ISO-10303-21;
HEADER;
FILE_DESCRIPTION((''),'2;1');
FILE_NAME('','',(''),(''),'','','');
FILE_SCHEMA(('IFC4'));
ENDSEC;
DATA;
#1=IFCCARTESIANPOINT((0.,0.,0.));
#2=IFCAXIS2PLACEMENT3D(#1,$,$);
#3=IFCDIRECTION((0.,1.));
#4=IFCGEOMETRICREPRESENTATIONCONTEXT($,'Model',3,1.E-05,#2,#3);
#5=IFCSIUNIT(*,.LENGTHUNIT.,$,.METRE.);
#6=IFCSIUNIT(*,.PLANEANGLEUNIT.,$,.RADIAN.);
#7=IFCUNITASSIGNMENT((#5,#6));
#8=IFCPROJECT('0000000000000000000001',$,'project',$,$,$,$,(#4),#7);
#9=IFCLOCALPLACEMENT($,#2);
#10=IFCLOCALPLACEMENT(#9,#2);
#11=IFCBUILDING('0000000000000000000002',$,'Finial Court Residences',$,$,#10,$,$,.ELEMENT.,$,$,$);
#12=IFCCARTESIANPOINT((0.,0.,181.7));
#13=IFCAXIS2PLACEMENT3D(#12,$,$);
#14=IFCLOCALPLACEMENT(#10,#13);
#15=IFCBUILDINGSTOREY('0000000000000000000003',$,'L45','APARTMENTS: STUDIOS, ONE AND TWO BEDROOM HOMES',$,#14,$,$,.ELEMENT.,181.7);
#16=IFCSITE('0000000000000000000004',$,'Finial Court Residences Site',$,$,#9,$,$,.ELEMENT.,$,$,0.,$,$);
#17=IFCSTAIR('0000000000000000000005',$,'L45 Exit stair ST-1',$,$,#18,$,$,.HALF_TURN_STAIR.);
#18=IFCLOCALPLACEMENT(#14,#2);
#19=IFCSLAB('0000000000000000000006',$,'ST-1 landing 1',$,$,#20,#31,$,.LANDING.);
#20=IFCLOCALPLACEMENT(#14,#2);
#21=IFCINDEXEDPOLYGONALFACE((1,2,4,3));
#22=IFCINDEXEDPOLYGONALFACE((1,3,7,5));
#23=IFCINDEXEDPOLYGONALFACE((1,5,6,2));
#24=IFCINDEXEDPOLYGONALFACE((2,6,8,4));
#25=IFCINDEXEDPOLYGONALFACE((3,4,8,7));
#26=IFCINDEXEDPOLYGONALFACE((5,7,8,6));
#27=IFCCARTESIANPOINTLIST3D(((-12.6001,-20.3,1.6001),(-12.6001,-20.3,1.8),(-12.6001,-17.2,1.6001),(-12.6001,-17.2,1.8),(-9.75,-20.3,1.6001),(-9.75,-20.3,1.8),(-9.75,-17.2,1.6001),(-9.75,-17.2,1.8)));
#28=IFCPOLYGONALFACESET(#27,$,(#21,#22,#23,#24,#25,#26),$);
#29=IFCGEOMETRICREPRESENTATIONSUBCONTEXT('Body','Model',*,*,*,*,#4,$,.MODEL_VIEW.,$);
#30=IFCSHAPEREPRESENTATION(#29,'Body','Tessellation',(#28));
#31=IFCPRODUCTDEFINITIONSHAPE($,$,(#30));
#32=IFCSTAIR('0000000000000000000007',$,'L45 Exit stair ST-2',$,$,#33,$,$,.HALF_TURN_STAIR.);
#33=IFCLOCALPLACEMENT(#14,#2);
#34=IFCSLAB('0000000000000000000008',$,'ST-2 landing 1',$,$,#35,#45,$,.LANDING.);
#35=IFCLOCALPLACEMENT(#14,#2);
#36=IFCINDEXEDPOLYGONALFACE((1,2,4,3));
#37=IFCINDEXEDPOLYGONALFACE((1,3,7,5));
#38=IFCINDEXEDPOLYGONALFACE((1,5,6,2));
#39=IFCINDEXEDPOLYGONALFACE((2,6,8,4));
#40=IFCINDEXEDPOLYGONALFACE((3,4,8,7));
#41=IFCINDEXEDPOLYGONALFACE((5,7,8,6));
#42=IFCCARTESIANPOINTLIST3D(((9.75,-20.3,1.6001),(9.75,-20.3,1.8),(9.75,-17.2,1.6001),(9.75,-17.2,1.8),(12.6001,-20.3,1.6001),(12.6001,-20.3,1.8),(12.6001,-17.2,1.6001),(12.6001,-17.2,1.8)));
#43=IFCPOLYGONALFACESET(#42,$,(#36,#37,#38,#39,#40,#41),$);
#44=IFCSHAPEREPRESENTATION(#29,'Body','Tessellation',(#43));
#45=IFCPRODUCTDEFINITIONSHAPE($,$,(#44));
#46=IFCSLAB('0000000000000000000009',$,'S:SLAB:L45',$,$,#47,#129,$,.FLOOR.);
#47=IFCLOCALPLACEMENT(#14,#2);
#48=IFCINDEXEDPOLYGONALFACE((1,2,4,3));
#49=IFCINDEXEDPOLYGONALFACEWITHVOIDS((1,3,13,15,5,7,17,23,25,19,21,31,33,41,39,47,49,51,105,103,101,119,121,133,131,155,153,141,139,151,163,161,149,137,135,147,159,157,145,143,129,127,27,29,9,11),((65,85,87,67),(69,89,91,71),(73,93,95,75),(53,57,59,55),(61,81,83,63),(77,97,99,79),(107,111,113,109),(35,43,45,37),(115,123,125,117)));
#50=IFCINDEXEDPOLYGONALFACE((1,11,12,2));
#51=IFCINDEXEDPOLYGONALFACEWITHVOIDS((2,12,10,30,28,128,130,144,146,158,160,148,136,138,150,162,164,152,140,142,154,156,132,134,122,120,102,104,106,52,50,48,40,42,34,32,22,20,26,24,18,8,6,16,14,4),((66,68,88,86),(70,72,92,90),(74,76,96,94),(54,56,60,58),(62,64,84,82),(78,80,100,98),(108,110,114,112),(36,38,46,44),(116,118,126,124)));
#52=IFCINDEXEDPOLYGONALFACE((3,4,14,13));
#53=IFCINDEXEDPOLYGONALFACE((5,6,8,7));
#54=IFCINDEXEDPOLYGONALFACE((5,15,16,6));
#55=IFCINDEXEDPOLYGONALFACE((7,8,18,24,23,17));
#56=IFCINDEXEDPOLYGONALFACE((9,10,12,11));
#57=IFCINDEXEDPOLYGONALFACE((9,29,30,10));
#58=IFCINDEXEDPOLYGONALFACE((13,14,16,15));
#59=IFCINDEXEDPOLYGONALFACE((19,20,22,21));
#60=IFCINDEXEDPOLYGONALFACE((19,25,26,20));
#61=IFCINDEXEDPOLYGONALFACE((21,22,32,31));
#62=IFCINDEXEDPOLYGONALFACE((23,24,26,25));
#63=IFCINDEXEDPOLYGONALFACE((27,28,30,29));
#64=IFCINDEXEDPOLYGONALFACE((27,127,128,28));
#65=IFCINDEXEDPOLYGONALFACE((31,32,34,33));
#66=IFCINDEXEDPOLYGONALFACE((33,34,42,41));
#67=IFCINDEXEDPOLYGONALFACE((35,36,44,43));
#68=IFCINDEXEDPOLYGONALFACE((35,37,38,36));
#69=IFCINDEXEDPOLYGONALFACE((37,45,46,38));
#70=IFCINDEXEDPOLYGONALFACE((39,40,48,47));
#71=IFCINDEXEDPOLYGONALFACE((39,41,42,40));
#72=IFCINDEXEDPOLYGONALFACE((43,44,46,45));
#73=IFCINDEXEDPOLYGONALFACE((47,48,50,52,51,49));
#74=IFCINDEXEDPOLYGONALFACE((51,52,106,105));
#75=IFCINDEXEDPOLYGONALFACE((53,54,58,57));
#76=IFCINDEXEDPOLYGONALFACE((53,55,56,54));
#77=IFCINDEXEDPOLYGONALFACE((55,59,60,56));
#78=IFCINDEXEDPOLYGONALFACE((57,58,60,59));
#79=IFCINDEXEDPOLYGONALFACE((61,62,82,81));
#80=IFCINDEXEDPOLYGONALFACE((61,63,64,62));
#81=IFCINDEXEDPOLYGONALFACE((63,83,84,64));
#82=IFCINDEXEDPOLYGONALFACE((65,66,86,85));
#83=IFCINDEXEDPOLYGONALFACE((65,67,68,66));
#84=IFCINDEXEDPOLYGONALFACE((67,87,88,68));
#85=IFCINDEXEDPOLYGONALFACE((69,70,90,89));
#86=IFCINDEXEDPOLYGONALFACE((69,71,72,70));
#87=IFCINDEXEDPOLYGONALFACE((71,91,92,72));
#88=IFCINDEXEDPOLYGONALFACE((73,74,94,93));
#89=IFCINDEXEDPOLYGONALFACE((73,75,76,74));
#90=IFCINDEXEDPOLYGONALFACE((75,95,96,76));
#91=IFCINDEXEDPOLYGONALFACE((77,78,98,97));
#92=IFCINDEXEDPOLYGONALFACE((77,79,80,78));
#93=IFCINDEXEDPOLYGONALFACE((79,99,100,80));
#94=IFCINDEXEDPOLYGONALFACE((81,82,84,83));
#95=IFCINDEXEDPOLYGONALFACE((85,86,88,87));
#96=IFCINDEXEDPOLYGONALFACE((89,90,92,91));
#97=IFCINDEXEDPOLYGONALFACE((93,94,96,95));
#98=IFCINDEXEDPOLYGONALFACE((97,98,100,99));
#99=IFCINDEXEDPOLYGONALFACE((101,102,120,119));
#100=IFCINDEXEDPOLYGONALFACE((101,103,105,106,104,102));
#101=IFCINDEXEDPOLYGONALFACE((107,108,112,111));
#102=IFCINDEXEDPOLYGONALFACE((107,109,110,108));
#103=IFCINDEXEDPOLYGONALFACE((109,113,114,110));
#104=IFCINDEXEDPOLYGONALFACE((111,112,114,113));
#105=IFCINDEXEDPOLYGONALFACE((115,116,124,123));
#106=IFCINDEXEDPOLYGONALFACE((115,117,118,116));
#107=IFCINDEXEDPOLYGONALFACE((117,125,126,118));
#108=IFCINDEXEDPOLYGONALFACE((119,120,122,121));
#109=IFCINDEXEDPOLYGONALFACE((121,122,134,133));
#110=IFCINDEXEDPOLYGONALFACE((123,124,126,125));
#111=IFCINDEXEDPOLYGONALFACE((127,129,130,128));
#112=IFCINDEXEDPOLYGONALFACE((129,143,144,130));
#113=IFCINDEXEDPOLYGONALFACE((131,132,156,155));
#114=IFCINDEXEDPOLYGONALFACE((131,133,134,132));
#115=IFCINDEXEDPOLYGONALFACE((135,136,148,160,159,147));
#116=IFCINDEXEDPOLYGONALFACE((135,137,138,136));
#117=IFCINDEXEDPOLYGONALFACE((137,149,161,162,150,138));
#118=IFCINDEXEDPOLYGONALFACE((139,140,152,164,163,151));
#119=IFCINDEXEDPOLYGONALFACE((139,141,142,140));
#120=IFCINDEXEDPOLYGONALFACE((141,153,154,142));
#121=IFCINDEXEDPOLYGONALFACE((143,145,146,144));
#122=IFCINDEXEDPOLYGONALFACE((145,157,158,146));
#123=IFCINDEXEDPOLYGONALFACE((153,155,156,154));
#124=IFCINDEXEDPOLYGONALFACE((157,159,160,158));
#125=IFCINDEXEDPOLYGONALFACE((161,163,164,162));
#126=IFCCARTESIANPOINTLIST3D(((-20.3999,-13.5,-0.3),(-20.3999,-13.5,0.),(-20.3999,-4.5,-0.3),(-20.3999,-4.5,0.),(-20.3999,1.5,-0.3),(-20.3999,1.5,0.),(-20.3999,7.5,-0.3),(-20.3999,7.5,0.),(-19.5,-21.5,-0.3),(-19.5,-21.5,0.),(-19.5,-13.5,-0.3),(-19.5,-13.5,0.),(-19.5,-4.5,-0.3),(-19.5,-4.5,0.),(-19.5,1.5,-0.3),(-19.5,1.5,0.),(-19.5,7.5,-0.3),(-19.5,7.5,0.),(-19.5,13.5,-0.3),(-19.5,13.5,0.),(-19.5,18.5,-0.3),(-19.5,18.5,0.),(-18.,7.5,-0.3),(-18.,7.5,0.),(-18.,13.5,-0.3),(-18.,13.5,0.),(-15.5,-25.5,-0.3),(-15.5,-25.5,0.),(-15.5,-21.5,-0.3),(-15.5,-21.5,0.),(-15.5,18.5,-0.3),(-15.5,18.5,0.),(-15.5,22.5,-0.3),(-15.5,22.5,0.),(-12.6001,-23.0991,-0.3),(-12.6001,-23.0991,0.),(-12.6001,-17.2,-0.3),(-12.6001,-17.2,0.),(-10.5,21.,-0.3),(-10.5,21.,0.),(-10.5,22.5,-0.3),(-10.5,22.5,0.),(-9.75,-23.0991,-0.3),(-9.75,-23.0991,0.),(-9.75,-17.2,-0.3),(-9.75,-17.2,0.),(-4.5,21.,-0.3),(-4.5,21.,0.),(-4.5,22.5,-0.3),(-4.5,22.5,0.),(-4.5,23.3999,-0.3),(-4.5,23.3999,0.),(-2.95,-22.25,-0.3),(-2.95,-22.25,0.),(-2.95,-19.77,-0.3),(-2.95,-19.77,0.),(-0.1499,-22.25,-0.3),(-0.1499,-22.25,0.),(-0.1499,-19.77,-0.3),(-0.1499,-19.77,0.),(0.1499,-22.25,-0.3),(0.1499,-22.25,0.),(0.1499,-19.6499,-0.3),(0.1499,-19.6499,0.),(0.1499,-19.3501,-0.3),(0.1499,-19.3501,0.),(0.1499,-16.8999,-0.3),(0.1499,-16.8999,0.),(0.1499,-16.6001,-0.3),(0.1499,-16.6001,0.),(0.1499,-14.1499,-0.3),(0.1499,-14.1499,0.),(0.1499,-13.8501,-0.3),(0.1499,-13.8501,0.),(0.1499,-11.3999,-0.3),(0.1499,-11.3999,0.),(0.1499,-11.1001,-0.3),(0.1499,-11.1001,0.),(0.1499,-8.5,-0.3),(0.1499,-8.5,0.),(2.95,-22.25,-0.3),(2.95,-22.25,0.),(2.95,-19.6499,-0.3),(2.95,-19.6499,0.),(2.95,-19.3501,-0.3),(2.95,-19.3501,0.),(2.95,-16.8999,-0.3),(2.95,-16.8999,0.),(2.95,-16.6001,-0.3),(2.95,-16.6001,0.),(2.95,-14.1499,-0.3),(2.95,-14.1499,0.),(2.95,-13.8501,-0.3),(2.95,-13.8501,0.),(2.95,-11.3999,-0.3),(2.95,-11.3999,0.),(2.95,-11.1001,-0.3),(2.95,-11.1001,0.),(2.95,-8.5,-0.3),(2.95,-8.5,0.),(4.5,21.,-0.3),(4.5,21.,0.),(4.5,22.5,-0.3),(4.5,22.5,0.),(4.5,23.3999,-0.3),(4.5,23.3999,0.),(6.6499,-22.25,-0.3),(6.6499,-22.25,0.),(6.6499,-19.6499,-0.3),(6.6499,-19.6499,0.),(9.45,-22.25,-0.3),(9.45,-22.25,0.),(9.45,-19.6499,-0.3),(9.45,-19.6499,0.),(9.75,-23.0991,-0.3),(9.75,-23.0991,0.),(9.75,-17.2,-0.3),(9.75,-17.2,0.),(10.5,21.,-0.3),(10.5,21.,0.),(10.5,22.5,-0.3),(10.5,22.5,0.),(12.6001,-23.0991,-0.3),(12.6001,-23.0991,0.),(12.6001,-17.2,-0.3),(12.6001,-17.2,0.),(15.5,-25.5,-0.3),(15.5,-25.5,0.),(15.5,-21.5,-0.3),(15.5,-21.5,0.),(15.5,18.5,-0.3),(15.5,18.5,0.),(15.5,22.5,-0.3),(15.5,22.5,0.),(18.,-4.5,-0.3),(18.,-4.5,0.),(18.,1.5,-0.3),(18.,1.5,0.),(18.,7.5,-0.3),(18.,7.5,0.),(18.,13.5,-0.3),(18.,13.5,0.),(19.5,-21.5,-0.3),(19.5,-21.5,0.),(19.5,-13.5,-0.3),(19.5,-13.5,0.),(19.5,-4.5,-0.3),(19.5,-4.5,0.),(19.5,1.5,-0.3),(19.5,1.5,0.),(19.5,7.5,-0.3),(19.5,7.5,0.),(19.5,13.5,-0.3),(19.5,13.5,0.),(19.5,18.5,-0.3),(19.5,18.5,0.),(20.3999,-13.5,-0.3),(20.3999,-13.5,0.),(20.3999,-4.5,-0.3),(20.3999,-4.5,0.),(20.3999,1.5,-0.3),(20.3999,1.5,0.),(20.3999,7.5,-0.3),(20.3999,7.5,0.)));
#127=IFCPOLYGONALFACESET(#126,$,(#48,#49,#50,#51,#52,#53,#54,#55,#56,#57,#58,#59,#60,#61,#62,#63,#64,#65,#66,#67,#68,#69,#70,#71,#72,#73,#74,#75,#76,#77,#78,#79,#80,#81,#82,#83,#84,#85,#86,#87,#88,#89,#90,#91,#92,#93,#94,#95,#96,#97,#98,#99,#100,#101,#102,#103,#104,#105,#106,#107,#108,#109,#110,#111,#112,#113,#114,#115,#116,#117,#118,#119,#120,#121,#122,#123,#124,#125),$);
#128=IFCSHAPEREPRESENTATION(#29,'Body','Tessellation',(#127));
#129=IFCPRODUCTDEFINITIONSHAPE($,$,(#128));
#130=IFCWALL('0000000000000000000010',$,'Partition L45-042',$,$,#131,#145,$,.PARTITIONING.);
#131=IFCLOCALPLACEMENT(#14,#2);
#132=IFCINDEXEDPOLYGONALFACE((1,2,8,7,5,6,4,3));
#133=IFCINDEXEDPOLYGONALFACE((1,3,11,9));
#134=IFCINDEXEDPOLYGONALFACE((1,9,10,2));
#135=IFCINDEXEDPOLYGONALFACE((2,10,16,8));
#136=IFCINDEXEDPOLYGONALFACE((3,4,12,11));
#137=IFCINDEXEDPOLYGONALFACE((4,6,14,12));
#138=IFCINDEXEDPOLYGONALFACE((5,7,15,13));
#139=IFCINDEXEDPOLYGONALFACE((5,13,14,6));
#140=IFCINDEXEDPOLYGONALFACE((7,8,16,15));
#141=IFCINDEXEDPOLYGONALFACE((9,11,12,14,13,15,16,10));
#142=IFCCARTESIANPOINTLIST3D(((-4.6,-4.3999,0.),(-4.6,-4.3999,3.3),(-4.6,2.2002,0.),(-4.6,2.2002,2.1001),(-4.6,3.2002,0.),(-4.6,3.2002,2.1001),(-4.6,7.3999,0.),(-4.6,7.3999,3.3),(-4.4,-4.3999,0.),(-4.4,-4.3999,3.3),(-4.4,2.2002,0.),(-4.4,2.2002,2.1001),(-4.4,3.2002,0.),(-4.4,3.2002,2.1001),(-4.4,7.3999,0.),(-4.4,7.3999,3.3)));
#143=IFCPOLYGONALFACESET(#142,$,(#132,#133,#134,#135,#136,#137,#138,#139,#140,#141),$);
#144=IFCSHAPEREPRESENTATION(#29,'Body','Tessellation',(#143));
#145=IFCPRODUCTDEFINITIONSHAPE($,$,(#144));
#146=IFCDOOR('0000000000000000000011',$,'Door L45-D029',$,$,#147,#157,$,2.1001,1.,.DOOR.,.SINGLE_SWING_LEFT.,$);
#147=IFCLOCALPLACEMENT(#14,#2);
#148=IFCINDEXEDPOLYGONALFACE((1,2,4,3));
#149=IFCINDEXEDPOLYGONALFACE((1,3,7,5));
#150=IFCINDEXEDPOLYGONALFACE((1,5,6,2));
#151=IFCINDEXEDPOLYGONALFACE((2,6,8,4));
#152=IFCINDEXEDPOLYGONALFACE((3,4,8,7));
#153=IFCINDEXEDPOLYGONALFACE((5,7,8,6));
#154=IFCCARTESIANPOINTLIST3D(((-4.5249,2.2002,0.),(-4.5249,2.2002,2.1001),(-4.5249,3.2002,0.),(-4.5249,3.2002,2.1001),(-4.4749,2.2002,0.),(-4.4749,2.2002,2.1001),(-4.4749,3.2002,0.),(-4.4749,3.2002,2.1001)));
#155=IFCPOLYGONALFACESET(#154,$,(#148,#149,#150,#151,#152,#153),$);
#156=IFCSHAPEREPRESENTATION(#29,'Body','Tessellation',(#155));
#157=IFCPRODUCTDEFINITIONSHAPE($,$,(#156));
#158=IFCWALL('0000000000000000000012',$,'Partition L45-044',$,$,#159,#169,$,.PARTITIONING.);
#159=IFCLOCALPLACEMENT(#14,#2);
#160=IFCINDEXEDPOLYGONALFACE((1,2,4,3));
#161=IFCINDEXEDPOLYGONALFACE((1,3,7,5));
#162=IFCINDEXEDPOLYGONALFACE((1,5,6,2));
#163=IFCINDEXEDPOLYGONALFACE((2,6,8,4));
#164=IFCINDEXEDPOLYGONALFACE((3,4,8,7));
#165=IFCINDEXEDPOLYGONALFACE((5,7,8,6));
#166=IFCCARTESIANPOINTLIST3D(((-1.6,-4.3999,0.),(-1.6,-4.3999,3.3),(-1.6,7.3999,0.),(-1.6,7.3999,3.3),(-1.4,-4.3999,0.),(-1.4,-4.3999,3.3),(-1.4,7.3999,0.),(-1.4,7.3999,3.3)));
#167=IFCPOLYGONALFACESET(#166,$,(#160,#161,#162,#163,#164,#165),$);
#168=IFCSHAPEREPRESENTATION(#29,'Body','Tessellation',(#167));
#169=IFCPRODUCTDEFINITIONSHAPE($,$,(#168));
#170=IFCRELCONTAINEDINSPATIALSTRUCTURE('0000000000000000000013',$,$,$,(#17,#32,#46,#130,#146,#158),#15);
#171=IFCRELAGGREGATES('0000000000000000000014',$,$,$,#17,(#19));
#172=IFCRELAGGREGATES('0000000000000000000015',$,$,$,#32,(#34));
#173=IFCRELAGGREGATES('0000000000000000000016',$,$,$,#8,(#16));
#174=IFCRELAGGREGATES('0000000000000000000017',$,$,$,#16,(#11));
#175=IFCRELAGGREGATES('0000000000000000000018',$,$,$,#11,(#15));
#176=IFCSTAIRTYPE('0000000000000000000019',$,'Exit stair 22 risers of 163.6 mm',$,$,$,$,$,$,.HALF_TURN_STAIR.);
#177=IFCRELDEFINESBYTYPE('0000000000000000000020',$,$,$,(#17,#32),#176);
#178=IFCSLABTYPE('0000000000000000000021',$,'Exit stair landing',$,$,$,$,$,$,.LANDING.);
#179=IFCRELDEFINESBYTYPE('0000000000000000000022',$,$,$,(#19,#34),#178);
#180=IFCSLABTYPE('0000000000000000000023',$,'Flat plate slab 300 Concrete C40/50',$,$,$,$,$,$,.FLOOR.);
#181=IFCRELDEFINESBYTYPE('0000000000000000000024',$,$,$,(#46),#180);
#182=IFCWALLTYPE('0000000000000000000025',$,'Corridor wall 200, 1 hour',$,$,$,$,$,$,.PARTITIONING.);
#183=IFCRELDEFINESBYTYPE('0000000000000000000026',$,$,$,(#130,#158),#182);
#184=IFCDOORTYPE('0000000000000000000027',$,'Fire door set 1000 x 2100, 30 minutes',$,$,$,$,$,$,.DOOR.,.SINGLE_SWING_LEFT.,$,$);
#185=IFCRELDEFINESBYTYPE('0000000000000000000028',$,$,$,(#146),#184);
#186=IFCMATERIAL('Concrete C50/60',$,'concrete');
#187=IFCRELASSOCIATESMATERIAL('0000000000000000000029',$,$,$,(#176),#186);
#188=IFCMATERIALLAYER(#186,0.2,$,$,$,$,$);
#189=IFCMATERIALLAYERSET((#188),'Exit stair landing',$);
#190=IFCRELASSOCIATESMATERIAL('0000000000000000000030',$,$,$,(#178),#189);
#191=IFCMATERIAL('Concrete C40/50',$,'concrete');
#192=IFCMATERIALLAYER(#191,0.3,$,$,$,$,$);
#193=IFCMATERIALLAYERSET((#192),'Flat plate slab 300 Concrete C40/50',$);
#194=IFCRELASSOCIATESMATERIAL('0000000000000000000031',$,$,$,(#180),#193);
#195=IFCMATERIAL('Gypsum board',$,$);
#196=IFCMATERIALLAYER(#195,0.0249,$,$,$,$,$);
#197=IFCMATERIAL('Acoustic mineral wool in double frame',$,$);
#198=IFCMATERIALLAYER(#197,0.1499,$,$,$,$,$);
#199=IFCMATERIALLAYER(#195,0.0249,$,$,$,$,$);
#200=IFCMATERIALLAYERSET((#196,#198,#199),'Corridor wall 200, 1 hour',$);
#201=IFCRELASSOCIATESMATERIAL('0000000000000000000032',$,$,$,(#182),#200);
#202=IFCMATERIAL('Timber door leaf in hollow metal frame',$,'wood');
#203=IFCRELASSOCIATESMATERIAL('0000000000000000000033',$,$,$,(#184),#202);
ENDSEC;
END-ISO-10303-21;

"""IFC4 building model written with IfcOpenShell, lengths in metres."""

from ifc_helpers import new_model, si_unit, direction, frame, frame_2d, origin, place, context, subcontext, project, spatial, polyline, rectangle, outline, extrude, material, layer, layer_set, type_object, element, fill, aggregate, save


model = new_model("IFC4")

# Units and contexts
model_context = context("Model", 3, precision=1e-05, world=origin(), true_north=direction((0.0, 1.0)))
body_context = subcontext(model_context, "Body", "Model", "MODEL_VIEW")
ifc_project = project(units=[si_unit("LENGTHUNIT", "METRE"), si_unit("PLANEANGLEUNIT", "RADIAN")], contexts=[model_context])

# Site, building, storey
site_placement = place(None, origin())
site = spatial("IfcSite", under=ifc_project, at=site_placement, Name="Finial Court Residences Site", CompositionType="ELEMENT", RefElevation=0.0)
building_placement = place(site_placement, origin())
building = spatial("IfcBuilding", under=site, at=building_placement, Name="Finial Court Residences", CompositionType="ELEMENT")
storey_placement = place(building_placement, frame((0.0, 0.0, 181.7)))
storey = spatial("IfcBuildingStorey", under=building, at=storey_placement, Name="L45", Description="APARTMENTS: STUDIOS, ONE AND TWO BEDROOM HOMES", CompositionType="ELEMENT", Elevation=181.7)

# Stairs, slabs
ifc_material_1 = material(Name="Concrete C50/60", Category="concrete")
stair_type = type_object("IfcStairType", Name="Exit stair 22 risers of 163.6 mm", PredefinedType="HALF_TURN_STAIR", material=ifc_material_1)
stair_1_placement = place(storey_placement, origin())
stair_1 = element("IfcStair", 1, at=stair_1_placement, inside=storey, type_object=stair_type, Name="L45 Exit stair ST-1", PredefinedType="HALF_TURN_STAIR")
ifc_layer_1 = layer(ifc_material_1, 0.2)
ifc_layer_set_1 = layer_set([ifc_layer_1], Name="Exit stair landing")
slab_type_1 = type_object("IfcSlabType", Name="Exit stair landing", PredefinedType="LANDING", material=ifc_layer_set_1)
slab_1_placement = place(storey_placement, frame((0.0, 0.0, 1.6001)))
slab_1 = element("IfcSlab", 2, at=slab_1_placement, type_object=slab_type_1, Name="ST-1 landing 1", PredefinedType="LANDING", context=body_context, shape_type="SweptSolid", body=[
    extrude(outline(polyline([(-9.75, -20.3), (-9.75, -17.2), (-12.6001, -17.2), (-12.6001, -20.3), (-9.75, -20.3)])), origin(), (0.0, 0.0, 1.0), 0.2),
])
aggregate(stair_1, [slab_1])
stair_2_placement = place(storey_placement, origin())
stair_2 = element("IfcStair", 3, at=stair_2_placement, inside=storey, type_object=stair_type, Name="L45 Exit stair ST-2", PredefinedType="HALF_TURN_STAIR")
slab_2_placement = place(storey_placement, frame((0.0, 0.0, 1.6001)))
slab_2 = element("IfcSlab", 4, at=slab_2_placement, type_object=slab_type_1, Name="ST-2 landing 1", PredefinedType="LANDING", context=body_context, shape_type="SweptSolid", body=[
    extrude(outline(polyline([(12.6001, -20.3), (12.6001, -17.2), (9.75, -17.2), (9.75, -20.3), (12.6001, -20.3)])), origin(), (0.0, 0.0, 1.0), 0.2),
])
aggregate(stair_2, [slab_2])

# Slab
ifc_material_2 = material(Name="Concrete C40/50", Category="concrete")
ifc_layer_2 = layer(ifc_material_2, 0.3)
ifc_layer_set_2 = layer_set([ifc_layer_2], Name="Flat plate slab 300 Concrete C40/50")
slab_type_2 = type_object("IfcSlabType", Name="Flat plate slab 300 Concrete C40/50", PredefinedType="FLOOR", material=ifc_layer_set_2)
slab_3_placement = place(storey_placement, frame((0.0, 0.0, -0.3)))
element("IfcSlab", 5, at=slab_3_placement, inside=storey, type_object=slab_type_2, Name="S:SLAB:L45", PredefinedType="FLOOR", context=body_context, shape_type="SweptSolid", body=[
    extrude(outline(polyline([(20.3999, -4.5), (20.3999, -13.5), (19.5, -13.5), (19.5, -21.5), (15.5, -21.5), (15.5, -25.5), (-15.5, -25.5), (-15.5, -21.5), (-19.5, -21.5), (-19.5, -13.5), (-20.3999, -13.5), (-20.3999, -4.5), (-19.5, -4.5), (-19.5, 1.5), (-20.3999, 1.5), (-20.3999, 7.5), (-19.5, 7.5), (-18.0, 7.5), (-18.0, 13.5), (-19.5, 13.5), (-19.5, 18.5), (-15.5, 18.5), (-15.5, 22.5), (-10.5, 22.5), (-10.5, 21.0), (-4.5, 21.0), (-4.5, 22.5), (-4.5, 23.3999), (4.5, 23.3999), (4.5, 22.5), (4.5, 21.0), (10.5, 21.0), (10.5, 22.5), (15.5, 22.5), (15.5, 18.5), (19.5, 18.5), (19.5, 13.5), (18.0, 13.5), (18.0, 7.5), (19.5, 7.5), (20.3999, 7.5), (20.3999, 1.5), (19.5, 1.5), (18.0, 1.5), (18.0, -4.5), (19.5, -4.5), (20.3999, -4.5)]), holes=[polyline([(-0.1499, -19.77), (-2.95, -19.77), (-2.95, -22.25), (-0.1499, -22.25), (-0.1499, -19.77)]), polyline([(2.95, -19.6499), (0.1499, -19.6499), (0.1499, -22.25), (2.95, -22.25), (2.95, -19.6499)]), polyline([(9.45, -19.6499), (6.6499, -19.6499), (6.6499, -22.25), (9.45, -22.25), (9.45, -19.6499)]), polyline([(-12.6001, -17.2), (-12.6001, -23.0991), (-9.75, -23.0991), (-9.75, -17.2), (-12.6001, -17.2)]), polyline([(9.75, -17.2), (9.75, -23.0991), (12.6001, -23.0991), (12.6001, -17.2), (9.75, -17.2)]), polyline([(2.95, -16.8999), (0.1499, -16.8999), (0.1499, -19.3501), (2.95, -19.3501), (2.95, -16.8999)]), polyline([(2.95, -14.1499), (0.1499, -14.1499), (0.1499, -16.6001), (2.95, -16.6001), (2.95, -14.1499)]), polyline([(2.95, -13.8501), (2.95, -11.3999), (0.1499, -11.3999), (0.1499, -13.8501), (2.95, -13.8501)]), polyline([(2.95, -11.1001), (2.95, -8.5), (0.1499, -8.5), (0.1499, -11.1001), (2.95, -11.1001)])]), origin(), (0.0, 0.0, 1.0), 0.3),
])

# Wall, opening, door
ifc_material_3 = material(Name="Gypsum board")
ifc_layer_3 = layer(ifc_material_3, 0.0249)
ifc_material_4 = material(Name="Acoustic mineral wool in double frame")
ifc_layer_4 = layer(ifc_material_4, 0.1499)
ifc_layer_5 = layer(ifc_material_3, 0.0249)
ifc_layer_set_3 = layer_set([ifc_layer_3, ifc_layer_4, ifc_layer_5], Name="Corridor wall 200, 1 hour")
wall_type_1 = type_object("IfcWallType", Name="Corridor wall 200, 1 hour", PredefinedType="PARTITIONING", material=ifc_layer_set_3)
wall_1_placement = place(storey_placement, frame((-4.5, -4.3999, 0.0), z_axis=(0.0, 0.0, 1.0), x_axis=(0.0, 1.0, 0.0)))
wall_1 = element("IfcWall", 6, at=wall_1_placement, inside=storey, type_object=wall_type_1, Name="Partition L45-042", PredefinedType="PARTITIONING", context=body_context, shape_type="SweptSolid", body=[
    extrude(rectangle(XDim=11.7998, YDim=0.2, at=frame_2d((5.8999, 0.0))), origin(), (0.0, 0.0, 1.0), 3.3),
])
opening_1_placement = place(wall_1_placement, frame((6.6001, 0.0, 0.0)))
opening_1 = element("IfcOpeningElement", 7, at=opening_1_placement, cuts=wall_1, PredefinedType="OPENING", context=body_context, shape_type="SweptSolid", body=[
    extrude(rectangle(XDim=1.0, YDim=2.1001, at=frame_2d((0.5, 1.05))), frame((0.0, 0.1099, 0.0), z_axis=(0.0, -1.0, 0.0), x_axis=(1.0, 0.0, 0.0)), (0.0, 0.0, 1.0), 0.22),
])
ifc_material_5 = material(Name="Timber door leaf in hollow metal frame", Category="wood")
door_type_1 = type_object("IfcDoorType", Name="Fire door set 1000 x 2100, 30 minutes", OperationType="SINGLE_SWING_LEFT", PredefinedType="DOOR", material=ifc_material_5)
door_1_placement = place(opening_1_placement, origin())
door_1 = element("IfcDoor", 8, at=door_1_placement, inside=storey, type_object=door_type_1, Name="Door L45-D029", OperationType="SINGLE_SWING_LEFT", OverallHeight=2.1001, OverallWidth=1.0, PredefinedType="DOOR", context=body_context, shape_type="SweptSolid", body=[
    extrude(rectangle(XDim=1.0, YDim=2.1001, at=frame_2d((0.5, 1.05))), frame((0.0, 0.0249, 0.0), z_axis=(0.0, -1.0, 0.0), x_axis=(1.0, 0.0, 0.0)), (0.0, 0.0, 1.0), 0.05),
])
fill(opening_1, door_1)

# Wall
wall_2_placement = place(storey_placement, frame((-1.5, -4.3999, 0.0), z_axis=(0.0, 0.0, 1.0), x_axis=(0.0, 1.0, 0.0)))
element("IfcWall", 9, at=wall_2_placement, inside=storey, type_object=wall_type_1, Name="Partition L45-044", PredefinedType="PARTITIONING", context=body_context, shape_type="SweptSolid", body=[
    extrude(rectangle(XDim=11.7998, YDim=0.2, at=frame_2d((5.8999, 0.0))), origin(), (0.0, 0.0, 1.0), 3.3),
])

save(model, "model.ifc")
